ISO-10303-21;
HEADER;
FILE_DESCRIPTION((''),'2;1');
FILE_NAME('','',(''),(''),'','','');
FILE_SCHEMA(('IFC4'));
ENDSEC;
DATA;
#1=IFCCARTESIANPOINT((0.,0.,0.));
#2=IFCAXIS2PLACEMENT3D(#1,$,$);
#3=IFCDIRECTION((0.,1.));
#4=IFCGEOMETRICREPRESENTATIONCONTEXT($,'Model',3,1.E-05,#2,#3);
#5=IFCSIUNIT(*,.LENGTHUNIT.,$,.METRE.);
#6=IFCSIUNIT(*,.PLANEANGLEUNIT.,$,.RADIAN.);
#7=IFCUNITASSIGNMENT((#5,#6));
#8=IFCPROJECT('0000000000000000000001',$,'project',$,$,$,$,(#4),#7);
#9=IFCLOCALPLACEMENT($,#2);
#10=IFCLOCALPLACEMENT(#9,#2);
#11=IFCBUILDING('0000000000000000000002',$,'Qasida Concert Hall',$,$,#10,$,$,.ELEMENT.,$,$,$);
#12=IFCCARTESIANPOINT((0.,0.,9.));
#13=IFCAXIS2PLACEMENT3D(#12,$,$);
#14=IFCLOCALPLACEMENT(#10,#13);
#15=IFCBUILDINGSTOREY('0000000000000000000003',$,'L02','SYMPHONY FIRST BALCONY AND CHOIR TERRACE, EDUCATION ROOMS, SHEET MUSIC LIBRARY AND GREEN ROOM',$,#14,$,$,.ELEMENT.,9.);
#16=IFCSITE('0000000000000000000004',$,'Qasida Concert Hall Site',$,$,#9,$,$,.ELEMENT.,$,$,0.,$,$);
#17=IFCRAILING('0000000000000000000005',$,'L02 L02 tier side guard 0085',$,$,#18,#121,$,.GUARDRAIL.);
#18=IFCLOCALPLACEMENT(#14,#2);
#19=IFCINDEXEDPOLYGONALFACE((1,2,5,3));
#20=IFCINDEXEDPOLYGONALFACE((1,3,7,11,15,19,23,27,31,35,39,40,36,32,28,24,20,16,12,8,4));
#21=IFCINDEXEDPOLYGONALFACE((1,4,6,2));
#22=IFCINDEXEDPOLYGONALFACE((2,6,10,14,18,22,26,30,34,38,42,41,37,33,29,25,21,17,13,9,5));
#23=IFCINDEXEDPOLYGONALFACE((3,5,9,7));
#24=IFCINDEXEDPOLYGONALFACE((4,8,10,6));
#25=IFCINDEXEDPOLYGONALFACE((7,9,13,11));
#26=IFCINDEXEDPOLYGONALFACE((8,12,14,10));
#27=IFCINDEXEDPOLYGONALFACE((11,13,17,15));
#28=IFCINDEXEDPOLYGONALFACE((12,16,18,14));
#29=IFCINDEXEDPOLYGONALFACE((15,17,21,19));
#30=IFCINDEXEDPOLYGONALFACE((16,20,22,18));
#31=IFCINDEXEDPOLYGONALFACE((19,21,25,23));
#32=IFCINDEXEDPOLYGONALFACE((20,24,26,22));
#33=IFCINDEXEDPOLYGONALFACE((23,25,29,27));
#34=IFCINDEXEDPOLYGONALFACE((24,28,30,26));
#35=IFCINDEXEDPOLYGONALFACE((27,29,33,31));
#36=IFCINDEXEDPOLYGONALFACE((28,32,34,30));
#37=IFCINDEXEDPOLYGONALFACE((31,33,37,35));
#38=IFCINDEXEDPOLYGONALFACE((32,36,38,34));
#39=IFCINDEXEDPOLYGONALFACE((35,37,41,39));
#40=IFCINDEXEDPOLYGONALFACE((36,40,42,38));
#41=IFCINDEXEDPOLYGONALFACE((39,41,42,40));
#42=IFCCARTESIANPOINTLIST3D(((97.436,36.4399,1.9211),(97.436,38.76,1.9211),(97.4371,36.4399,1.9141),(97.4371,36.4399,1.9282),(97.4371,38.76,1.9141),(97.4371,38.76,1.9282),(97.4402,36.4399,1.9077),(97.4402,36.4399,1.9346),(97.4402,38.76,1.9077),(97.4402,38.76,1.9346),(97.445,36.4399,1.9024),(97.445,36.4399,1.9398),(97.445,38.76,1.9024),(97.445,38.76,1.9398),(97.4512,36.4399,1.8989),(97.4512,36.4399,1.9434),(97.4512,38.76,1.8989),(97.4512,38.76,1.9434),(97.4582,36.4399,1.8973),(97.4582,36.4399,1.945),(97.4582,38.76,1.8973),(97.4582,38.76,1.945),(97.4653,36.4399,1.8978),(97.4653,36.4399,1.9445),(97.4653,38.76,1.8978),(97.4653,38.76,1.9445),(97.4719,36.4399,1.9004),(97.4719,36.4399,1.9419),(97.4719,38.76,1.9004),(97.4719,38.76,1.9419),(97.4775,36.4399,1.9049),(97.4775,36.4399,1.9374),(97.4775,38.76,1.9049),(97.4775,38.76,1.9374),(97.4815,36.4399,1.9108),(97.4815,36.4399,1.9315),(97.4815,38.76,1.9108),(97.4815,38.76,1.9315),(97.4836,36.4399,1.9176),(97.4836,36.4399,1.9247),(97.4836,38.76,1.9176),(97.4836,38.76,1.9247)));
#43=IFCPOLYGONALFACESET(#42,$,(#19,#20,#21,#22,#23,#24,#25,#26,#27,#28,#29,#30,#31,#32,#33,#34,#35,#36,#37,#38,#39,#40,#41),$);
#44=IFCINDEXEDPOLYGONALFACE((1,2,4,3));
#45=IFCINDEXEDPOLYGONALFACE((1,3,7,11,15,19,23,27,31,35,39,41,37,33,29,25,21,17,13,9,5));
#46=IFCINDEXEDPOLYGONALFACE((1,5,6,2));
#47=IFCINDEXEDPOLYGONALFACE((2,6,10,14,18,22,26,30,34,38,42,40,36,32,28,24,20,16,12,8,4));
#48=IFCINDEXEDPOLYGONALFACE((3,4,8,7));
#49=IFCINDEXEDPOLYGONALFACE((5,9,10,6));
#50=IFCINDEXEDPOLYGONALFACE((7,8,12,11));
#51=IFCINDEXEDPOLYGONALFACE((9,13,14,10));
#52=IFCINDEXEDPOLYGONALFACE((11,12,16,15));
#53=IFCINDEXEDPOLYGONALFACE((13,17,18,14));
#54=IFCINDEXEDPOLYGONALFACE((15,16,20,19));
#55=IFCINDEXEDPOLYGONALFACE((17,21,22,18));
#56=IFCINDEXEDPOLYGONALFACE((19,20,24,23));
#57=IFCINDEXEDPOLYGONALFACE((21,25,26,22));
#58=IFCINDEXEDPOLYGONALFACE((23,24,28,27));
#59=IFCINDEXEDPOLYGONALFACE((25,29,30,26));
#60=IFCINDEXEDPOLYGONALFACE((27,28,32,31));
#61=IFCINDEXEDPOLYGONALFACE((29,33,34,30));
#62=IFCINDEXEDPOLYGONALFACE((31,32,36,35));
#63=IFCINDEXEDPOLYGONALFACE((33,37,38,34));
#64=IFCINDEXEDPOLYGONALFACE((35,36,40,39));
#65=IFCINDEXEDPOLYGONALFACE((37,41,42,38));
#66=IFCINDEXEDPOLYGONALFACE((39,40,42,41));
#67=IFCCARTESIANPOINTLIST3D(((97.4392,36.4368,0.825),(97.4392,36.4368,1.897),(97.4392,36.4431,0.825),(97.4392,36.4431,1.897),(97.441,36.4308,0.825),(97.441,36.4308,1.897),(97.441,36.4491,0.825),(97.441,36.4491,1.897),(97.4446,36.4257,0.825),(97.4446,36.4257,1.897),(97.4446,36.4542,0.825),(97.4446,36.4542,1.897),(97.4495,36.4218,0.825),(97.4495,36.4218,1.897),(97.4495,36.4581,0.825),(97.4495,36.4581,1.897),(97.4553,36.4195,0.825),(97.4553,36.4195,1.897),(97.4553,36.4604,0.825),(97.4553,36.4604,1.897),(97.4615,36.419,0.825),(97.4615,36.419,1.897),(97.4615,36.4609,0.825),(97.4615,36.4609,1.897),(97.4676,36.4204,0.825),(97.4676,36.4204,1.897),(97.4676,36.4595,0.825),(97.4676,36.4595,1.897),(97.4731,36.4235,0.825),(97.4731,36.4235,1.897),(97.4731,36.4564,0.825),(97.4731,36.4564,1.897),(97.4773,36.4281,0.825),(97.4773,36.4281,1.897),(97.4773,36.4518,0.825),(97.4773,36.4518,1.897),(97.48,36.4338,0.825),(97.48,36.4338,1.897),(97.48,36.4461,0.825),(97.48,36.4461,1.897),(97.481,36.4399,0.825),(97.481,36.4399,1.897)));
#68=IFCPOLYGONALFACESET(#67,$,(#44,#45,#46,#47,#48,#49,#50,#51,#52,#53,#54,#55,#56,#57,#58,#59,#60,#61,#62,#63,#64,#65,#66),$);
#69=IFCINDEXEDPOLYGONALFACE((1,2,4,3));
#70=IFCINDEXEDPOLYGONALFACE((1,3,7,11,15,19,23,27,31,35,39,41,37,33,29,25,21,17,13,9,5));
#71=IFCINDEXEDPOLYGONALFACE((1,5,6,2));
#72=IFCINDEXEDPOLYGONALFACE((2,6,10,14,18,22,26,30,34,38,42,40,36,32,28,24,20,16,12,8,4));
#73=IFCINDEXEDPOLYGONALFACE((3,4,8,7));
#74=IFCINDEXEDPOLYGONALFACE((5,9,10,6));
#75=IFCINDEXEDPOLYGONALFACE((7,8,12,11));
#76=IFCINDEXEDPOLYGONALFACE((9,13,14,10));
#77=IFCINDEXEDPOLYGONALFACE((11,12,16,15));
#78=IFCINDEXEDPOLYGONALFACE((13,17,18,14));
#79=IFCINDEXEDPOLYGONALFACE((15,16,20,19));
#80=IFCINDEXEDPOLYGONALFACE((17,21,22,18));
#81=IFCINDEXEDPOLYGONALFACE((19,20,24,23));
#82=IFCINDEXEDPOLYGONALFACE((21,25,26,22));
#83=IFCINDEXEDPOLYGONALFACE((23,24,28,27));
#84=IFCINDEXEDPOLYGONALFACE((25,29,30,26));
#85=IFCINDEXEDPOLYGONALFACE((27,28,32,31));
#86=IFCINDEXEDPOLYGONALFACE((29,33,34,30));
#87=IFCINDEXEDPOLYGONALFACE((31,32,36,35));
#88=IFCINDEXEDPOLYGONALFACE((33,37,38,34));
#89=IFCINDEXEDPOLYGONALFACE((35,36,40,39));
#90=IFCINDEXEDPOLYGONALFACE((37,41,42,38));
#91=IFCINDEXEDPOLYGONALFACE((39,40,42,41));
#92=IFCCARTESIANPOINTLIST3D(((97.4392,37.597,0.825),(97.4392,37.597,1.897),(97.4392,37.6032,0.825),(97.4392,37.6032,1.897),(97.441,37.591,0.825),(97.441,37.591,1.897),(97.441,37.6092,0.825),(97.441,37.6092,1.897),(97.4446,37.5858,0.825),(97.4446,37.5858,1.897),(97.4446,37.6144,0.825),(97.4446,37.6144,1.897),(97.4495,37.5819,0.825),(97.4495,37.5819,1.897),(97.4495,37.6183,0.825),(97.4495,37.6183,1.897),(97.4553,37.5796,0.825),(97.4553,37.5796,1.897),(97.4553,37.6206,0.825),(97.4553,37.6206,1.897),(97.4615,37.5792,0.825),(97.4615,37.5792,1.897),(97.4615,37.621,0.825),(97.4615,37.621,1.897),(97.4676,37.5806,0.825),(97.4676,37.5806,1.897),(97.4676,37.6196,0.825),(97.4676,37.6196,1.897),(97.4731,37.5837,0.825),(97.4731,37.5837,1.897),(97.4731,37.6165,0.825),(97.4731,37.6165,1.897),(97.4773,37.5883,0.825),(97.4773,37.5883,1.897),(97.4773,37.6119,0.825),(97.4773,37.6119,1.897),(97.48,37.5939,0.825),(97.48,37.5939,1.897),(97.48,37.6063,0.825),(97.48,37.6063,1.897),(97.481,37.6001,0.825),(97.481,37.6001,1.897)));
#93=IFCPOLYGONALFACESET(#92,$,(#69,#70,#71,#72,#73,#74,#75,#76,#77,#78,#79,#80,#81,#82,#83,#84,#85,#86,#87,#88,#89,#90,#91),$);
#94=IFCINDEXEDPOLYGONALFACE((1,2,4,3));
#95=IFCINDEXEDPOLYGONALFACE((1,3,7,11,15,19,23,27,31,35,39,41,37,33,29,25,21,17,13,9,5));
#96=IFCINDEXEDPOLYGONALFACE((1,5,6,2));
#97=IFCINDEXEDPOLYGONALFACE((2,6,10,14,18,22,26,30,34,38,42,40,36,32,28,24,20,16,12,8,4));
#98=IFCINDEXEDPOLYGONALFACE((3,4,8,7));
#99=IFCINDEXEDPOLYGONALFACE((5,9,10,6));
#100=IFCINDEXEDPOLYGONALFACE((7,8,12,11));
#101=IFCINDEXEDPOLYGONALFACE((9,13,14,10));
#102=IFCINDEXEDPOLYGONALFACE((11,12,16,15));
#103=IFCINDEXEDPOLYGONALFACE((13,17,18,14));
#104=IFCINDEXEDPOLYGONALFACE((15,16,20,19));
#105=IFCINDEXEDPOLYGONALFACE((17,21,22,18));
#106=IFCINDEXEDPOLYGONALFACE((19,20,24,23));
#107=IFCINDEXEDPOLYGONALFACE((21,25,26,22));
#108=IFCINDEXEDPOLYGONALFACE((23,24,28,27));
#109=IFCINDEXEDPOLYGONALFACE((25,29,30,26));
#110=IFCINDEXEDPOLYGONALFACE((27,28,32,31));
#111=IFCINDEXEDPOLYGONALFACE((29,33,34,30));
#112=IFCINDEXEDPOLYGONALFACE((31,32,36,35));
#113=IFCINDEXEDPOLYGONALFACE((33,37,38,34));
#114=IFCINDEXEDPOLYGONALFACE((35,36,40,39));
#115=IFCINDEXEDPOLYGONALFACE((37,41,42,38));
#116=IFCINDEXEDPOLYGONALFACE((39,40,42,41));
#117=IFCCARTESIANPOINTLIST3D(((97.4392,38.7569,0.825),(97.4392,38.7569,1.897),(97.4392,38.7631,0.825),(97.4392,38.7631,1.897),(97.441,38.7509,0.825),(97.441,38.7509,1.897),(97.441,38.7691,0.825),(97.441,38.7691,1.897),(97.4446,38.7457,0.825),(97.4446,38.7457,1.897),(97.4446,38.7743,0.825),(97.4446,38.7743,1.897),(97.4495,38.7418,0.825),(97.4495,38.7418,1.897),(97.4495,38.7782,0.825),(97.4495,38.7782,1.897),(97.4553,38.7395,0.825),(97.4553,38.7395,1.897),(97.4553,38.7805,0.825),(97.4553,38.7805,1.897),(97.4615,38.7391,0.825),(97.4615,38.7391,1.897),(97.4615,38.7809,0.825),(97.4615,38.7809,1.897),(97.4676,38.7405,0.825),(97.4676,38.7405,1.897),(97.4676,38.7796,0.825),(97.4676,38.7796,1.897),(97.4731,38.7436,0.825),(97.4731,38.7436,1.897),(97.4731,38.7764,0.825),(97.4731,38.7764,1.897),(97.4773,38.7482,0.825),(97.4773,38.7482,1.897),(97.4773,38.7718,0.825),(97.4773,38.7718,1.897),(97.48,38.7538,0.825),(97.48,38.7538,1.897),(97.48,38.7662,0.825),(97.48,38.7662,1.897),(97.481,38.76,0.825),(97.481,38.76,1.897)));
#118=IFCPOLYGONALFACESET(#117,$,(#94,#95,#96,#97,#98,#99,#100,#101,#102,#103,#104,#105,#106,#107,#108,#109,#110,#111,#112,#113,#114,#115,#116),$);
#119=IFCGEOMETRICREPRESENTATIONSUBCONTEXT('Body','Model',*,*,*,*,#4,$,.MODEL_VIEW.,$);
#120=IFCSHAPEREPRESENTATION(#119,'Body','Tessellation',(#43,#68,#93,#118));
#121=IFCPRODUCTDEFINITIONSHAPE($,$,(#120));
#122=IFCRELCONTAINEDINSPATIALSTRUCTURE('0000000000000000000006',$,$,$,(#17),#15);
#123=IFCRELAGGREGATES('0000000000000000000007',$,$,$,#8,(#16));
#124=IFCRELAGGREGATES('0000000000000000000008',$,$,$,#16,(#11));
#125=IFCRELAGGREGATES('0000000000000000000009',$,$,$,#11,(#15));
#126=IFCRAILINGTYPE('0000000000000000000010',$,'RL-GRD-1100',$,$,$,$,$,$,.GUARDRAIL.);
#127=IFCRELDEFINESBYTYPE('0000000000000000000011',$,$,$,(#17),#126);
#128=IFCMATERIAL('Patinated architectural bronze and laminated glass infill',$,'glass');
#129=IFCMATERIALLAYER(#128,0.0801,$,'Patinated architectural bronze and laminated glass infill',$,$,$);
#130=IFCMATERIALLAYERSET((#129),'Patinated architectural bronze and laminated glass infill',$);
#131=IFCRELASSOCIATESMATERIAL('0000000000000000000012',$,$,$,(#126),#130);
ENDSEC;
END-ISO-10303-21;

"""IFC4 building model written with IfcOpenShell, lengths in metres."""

from ifc_helpers import new_model, si_unit, direction, frame, origin, origin_2d, place, context, subcontext, project, spatial, circle, extrude, material, layer, layer_set, type_object, element, save


model = new_model("IFC4")

# Units and contexts
model_context = context("Model", 3, precision=1e-05, world=origin(), true_north=direction((0.0, 1.0)))
body_context = subcontext(model_context, "Body", "Model", "MODEL_VIEW")
ifc_project = project(units=[si_unit("LENGTHUNIT", "METRE"), si_unit("PLANEANGLEUNIT", "RADIAN")], contexts=[model_context])

# Site, building, storey
site_placement = place(None, origin())
site = spatial("IfcSite", under=ifc_project, at=site_placement, Name="Qasida Concert Hall Site", CompositionType="ELEMENT", RefElevation=0.0)
building_placement = place(site_placement, origin())
building = spatial("IfcBuilding", under=site, at=building_placement, Name="Qasida Concert Hall", CompositionType="ELEMENT")
storey_placement = place(building_placement, frame((0.0, 0.0, 9.0)))
storey = spatial("IfcBuildingStorey", under=building, at=storey_placement, Name="L02", Description="SYMPHONY FIRST BALCONY AND CHOIR TERRACE, EDUCATION ROOMS, SHEET MUSIC LIBRARY AND GREEN ROOM", CompositionType="ELEMENT", Elevation=9.0)

# Railing
ifc_material_1 = material(Name="Patinated architectural bronze and laminated glass infill", Category="glass")
ifc_layer_1 = layer(ifc_material_1, 0.0801, Name="Patinated architectural bronze and laminated glass infill")
ifc_layer_set_1 = layer_set([ifc_layer_1], Name="Patinated architectural bronze and laminated glass infill")
railing_type = type_object("IfcRailingType", Name="RL-GRD-1100", PredefinedType="GUARDRAIL", material=ifc_layer_set_1)
railing_1_placement = place(storey_placement, frame((97.46, 36.4399, 0.825)))
element("IfcRailing", 1, at=railing_1_placement, inside=storey, type_object=railing_type, Name="L02 L02 tier side guard 0085", PredefinedType="GUARDRAIL", context=body_context, shape_type="SweptSolid", body=[
    extrude(circle(Radius=0.0239, at=origin_2d()), frame((0.0, 0.0, 1.0962), z_axis=(0.0, 1.0, 0.0), x_axis=(-1.0, 0.0, 0.0)), (0.0, 0.0, 1.0), 2.3201),
    extrude(circle(Radius=0.021, at=origin_2d()), origin(), (0.0, 0.0, 1.0), 1.072),
    extrude(circle(Radius=0.021, at=origin_2d()), frame((0.0, 1.1602, 0.0)), (0.0, 0.0, 1.0), 1.072),
    extrude(circle(Radius=0.021, at=origin_2d()), frame((0.0, 2.3201, 0.0)), (0.0, 0.0, 1.0), 1.072),
])

save(model, "model.ifc")
